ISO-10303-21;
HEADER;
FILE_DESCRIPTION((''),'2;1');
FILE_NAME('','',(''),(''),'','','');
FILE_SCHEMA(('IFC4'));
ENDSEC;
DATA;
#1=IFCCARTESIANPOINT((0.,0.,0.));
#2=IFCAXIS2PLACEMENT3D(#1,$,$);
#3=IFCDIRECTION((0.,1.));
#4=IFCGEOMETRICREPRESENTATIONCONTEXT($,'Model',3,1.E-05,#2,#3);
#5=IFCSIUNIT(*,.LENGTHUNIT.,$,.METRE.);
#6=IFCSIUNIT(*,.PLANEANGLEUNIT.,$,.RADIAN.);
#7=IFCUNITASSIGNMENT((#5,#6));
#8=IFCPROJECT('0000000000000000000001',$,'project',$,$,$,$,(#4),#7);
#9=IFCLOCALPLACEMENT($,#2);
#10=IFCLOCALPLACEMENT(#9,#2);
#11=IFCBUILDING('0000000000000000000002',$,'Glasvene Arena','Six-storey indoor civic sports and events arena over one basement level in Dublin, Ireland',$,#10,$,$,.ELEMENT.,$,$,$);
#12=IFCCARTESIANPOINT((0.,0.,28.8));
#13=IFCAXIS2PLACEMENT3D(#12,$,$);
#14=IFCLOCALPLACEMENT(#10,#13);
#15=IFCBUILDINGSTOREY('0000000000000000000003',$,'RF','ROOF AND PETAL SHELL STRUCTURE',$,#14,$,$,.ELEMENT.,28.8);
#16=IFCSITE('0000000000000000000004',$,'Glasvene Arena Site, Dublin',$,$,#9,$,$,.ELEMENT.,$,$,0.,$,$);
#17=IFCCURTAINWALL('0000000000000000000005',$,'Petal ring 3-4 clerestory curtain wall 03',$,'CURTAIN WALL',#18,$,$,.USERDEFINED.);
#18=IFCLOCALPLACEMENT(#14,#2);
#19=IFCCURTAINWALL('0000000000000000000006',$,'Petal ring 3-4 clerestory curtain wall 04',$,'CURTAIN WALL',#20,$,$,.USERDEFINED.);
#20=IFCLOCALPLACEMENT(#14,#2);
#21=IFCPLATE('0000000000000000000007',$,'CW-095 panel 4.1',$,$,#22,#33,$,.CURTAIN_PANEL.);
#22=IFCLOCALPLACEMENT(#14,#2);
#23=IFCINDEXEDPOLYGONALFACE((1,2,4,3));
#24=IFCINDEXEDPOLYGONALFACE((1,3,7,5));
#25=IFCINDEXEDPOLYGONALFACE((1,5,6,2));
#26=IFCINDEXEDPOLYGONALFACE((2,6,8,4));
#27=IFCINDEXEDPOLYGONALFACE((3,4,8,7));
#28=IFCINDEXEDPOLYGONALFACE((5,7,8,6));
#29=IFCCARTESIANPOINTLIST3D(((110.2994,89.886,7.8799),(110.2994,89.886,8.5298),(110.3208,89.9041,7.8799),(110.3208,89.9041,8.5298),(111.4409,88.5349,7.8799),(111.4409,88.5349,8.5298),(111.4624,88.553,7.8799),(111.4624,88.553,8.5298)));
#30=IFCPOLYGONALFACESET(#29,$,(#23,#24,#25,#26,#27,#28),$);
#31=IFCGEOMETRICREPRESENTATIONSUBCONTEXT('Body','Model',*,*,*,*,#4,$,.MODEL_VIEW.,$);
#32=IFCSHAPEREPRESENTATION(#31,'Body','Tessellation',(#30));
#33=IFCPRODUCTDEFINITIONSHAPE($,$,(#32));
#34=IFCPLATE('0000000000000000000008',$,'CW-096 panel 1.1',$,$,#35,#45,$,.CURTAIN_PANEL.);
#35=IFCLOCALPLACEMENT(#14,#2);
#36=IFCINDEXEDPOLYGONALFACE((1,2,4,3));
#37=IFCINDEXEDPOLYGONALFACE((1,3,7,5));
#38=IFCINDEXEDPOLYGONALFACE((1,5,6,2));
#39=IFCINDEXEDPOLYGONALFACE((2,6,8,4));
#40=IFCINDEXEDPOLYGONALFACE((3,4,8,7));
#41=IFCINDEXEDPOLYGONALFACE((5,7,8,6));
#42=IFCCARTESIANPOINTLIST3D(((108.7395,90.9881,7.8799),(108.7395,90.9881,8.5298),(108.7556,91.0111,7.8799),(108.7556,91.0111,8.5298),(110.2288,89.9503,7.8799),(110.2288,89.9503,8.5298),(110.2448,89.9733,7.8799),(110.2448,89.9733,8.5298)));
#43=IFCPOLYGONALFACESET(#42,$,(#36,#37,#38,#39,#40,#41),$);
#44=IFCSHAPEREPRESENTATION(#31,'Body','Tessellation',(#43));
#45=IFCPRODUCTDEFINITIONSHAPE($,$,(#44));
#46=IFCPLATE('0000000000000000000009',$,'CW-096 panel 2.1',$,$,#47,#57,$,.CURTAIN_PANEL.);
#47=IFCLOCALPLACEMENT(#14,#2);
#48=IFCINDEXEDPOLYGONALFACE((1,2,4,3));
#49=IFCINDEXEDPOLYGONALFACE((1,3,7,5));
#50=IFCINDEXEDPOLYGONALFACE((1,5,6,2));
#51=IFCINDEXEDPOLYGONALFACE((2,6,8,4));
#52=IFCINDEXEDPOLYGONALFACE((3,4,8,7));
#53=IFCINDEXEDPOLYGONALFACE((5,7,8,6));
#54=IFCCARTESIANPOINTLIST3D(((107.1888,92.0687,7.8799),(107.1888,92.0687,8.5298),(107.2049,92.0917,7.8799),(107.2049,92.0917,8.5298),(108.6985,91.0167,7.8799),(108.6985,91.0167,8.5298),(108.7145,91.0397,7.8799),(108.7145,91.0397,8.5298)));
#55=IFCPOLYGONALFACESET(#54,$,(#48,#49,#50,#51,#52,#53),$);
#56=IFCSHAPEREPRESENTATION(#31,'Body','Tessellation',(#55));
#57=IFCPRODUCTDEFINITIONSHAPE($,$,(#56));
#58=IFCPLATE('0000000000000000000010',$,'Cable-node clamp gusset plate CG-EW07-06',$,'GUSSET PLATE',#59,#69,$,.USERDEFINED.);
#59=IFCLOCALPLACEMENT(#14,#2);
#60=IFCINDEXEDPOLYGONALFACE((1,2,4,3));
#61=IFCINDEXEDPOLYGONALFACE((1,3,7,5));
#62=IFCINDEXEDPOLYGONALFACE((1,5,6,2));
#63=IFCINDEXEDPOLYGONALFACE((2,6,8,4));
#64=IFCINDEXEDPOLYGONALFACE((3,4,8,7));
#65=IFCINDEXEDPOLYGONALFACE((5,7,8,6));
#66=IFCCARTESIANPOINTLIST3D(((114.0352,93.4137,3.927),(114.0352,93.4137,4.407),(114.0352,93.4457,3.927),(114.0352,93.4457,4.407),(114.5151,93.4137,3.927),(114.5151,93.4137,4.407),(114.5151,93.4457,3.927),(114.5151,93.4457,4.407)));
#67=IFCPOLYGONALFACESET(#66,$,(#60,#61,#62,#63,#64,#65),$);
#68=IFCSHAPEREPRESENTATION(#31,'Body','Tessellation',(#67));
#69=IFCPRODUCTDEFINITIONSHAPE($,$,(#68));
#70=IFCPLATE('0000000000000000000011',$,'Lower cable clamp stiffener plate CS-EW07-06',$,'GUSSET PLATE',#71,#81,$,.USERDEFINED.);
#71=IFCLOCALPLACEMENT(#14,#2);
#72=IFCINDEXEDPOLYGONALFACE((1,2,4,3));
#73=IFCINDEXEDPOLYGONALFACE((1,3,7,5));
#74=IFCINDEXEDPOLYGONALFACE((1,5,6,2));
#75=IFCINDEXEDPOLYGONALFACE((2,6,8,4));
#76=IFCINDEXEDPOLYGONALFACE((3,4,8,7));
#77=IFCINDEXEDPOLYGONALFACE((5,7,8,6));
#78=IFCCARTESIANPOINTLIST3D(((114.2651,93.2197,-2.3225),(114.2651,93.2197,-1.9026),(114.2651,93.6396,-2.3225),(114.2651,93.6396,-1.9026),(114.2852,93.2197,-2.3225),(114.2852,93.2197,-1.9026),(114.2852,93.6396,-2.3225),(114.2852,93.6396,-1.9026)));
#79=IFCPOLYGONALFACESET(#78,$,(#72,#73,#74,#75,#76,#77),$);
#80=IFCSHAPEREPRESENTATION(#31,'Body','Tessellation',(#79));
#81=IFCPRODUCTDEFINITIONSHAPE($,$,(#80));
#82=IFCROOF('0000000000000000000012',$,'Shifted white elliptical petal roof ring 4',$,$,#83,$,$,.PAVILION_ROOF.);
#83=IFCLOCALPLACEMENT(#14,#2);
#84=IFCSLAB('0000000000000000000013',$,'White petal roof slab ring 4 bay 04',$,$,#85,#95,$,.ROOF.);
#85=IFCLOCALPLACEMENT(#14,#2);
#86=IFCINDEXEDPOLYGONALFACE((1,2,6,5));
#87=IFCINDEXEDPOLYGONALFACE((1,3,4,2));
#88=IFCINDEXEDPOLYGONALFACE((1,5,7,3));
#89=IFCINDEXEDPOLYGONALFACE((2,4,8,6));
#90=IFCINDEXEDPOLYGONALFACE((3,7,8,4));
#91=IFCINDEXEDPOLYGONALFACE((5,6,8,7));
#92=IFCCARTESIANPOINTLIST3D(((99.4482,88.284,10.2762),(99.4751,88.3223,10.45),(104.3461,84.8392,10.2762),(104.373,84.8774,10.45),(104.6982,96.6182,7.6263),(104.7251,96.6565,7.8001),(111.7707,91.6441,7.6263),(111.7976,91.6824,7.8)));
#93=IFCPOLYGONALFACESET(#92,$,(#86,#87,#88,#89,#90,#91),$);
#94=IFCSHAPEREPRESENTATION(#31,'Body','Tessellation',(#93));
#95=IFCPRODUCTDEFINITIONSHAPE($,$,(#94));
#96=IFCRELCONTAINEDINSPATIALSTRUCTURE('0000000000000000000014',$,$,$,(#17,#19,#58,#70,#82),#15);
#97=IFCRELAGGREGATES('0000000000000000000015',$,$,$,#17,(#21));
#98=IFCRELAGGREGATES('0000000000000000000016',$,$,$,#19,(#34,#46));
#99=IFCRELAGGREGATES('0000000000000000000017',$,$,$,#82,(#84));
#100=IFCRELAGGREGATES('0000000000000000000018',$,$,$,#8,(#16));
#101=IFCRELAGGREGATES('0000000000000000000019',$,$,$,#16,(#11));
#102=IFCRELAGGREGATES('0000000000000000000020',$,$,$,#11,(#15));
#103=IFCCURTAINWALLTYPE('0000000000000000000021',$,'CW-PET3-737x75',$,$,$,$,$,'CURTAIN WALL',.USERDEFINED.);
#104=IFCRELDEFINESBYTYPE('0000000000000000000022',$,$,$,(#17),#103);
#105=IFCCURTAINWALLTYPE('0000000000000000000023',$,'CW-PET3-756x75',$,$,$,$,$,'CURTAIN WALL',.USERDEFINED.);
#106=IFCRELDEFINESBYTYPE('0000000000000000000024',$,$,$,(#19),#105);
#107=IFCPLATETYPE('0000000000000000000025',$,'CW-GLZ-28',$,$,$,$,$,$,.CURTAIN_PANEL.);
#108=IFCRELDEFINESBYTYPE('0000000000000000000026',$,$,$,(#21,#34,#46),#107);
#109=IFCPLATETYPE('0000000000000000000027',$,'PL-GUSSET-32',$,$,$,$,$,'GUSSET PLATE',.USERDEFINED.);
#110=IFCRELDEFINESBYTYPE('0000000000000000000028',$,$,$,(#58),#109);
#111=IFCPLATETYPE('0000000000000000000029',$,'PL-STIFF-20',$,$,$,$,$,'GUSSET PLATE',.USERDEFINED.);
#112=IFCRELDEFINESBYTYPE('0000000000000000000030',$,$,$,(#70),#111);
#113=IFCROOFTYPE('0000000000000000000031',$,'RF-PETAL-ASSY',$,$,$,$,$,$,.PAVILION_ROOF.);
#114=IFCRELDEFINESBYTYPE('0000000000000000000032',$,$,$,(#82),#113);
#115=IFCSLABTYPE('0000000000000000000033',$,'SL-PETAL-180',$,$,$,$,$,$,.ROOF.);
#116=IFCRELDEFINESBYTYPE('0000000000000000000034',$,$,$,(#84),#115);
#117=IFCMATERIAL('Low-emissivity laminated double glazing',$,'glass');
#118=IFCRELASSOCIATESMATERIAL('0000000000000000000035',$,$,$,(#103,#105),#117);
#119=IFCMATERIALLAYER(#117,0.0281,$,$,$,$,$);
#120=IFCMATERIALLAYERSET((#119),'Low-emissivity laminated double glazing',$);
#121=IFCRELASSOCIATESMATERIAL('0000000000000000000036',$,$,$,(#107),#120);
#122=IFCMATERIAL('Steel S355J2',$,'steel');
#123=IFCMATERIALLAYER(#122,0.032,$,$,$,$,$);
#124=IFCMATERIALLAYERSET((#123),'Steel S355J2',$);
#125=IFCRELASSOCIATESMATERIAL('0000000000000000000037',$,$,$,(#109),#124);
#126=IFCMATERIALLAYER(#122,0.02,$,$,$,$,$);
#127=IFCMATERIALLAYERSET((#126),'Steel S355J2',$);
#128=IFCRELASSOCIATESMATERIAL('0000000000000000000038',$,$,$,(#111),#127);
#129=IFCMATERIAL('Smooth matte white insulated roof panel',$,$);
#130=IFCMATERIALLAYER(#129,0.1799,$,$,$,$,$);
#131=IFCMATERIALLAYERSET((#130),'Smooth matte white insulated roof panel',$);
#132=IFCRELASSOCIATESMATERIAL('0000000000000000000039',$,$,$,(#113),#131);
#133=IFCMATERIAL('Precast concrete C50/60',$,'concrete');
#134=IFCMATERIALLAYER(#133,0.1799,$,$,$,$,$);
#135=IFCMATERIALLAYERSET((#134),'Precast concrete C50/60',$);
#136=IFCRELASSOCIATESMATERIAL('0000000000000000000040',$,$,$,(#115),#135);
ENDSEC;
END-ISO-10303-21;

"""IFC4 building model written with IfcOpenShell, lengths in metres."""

from ifc_helpers import new_model, si_unit, direction, frame, origin, origin_2d, place, context, subcontext, project, spatial, polyline, rectangle, outline, extrude, material, layer, layer_set, type_object, element, aggregate, save


model = new_model("IFC4")

# Units and contexts
model_context = context("Model", 3, precision=1e-05, world=origin(), true_north=direction((0.0, 1.0)))
body_context = subcontext(model_context, "Body", "Model", "MODEL_VIEW")
ifc_project = project(units=[si_unit("LENGTHUNIT", "METRE"), si_unit("PLANEANGLEUNIT", "RADIAN")], contexts=[model_context])

# Site, building, storey
site_placement = place(None, origin())
site = spatial("IfcSite", under=ifc_project, at=site_placement, Name="Glasvene Arena Site, Dublin", CompositionType="ELEMENT", RefElevation=0.0)
building_placement = place(site_placement, origin())
building = spatial("IfcBuilding", under=site, at=building_placement, Name="Glasvene Arena", Description="Six-storey indoor civic sports and events arena over one basement level in Dublin, Ireland", CompositionType="ELEMENT")
storey_placement = place(building_placement, frame((0.0, 0.0, 28.8)))
storey = spatial("IfcBuildingStorey", under=building, at=storey_placement, Name="RF", Description="ROOF AND PETAL SHELL STRUCTURE", CompositionType="ELEMENT", Elevation=28.8)

# Shared definitions
ifc_material_1 = material(Name="Low-emissivity laminated double glazing", Category="glass")

# Curtain walls
curtain_wall_type_1 = type_object("IfcCurtainWallType", Name="CW-PET3-737x75", ElementType="CURTAIN WALL", PredefinedType="USERDEFINED", material=ifc_material_1)
curtain_wall_1_placement = place(storey_placement, frame((115.0376, 84.3, 0.0)))
curtain_wall_1 = element("IfcCurtainWall", 1, at=curtain_wall_1_placement, inside=storey, type_object=curtain_wall_type_1, Name="Petal ring 3-4 clerestory curtain wall 03", ObjectType="CURTAIN WALL", PredefinedType="USERDEFINED")
curtain_wall_type_2 = type_object("IfcCurtainWallType", Name="CW-PET3-756x75", ElementType="CURTAIN WALL", PredefinedType="USERDEFINED", material=ifc_material_1)
curtain_wall_2_placement = place(storey_placement, frame((110.2778, 89.9333, 0.0)))
curtain_wall_2 = element("IfcCurtainWall", 2, at=curtain_wall_2_placement, inside=storey, type_object=curtain_wall_type_2, Name="Petal ring 3-4 clerestory curtain wall 04", ObjectType="CURTAIN WALL", PredefinedType="USERDEFINED")

# Shared definitions
ifc_material_2 = material(Name="Steel S355J2", Category="steel")

# Plates
ifc_layer_1 = layer(ifc_material_1, 0.0281)
ifc_layer_set_1 = layer_set([ifc_layer_1], Name="Low-emissivity laminated double glazing")
plate_type_1 = type_object("IfcPlateType", Name="CW-GLZ-28", PredefinedType="CURTAIN_PANEL", material=ifc_layer_set_1)
plate_1_placement = place(storey_placement, frame((110.8809, 89.2195, 7.8799), z_axis=(0.0, 0.0, 1.0), x_axis=(-0.645394, 0.76385, 0.0)))
plate_1 = element("IfcPlate", 3, at=plate_1_placement, type_object=plate_type_1, Name="CW-095 panel 4.1", PredefinedType="CURTAIN_PANEL", context=body_context, shape_type="SweptSolid", body=[
    extrude(rectangle(XDim=1.7688, YDim=0.0281, at=origin_2d()), origin(), (0.0, 0.0, 1.0), 0.6499),
])
aggregate(curtain_wall_1, [plate_1])
plate_2_placement = place(storey_placement, frame((109.4922, 90.4807, 7.8799), z_axis=(0.0, 0.0, 1.0), x_axis=(-0.820433, 0.571742, 0.0)))
plate_2 = element("IfcPlate", 4, at=plate_2_placement, type_object=plate_type_1, Name="CW-096 panel 1.1", PredefinedType="CURTAIN_PANEL", context=body_context, shape_type="SweptSolid", body=[
    extrude(rectangle(XDim=1.8152, YDim=0.0281, at=origin_2d()), origin(), (0.0, 0.0, 1.0), 0.6499),
])
plate_3_placement = place(storey_placement, frame((107.9517, 91.5542, 7.8799), z_axis=(0.0, 0.0, 1.0), x_axis=(-0.820433, 0.571742, 0.0)))
plate_3 = element("IfcPlate", 5, at=plate_3_placement, type_object=plate_type_1, Name="CW-096 panel 2.1", PredefinedType="CURTAIN_PANEL", context=body_context, shape_type="SweptSolid", body=[
    extrude(rectangle(XDim=1.8401, YDim=0.0281, at=origin_2d()), origin(), (0.0, 0.0, 1.0), 0.6499),
])
aggregate(curtain_wall_2, [plate_2, plate_3])

# Plates
ifc_layer_2 = layer(ifc_material_2, 0.032)
ifc_layer_set_2 = layer_set([ifc_layer_2], Name="Steel S355J2")
plate_type_2 = type_object("IfcPlateType", Name="PL-GUSSET-32", ElementType="GUSSET PLATE", PredefinedType="USERDEFINED", material=ifc_layer_set_2)
plate_4_placement = place(storey_placement, frame((114.2751, 93.4297, 3.927), z_axis=(0.0, 0.0, 1.0), x_axis=(1.0, 0.0, 0.0)))
element("IfcPlate", 6, at=plate_4_placement, inside=storey, type_object=plate_type_2, Name="Cable-node clamp gusset plate CG-EW07-06", ObjectType="GUSSET PLATE", PredefinedType="USERDEFINED", context=body_context, shape_type="SweptSolid", body=[
    extrude(rectangle(XDim=0.48, YDim=0.032, at=origin_2d()), origin(), (0.0, 0.0, 1.0), 0.48),
])
ifc_layer_3 = layer(ifc_material_2, 0.02)
ifc_layer_set_3 = layer_set([ifc_layer_3], Name="Steel S355J2")
plate_type_3 = type_object("IfcPlateType", Name="PL-STIFF-20", ElementType="GUSSET PLATE", PredefinedType="USERDEFINED", material=ifc_layer_set_3)
plate_5_placement = place(storey_placement, frame((114.2751, 93.4297, -2.3225), z_axis=(0.0, 0.0, 1.0), x_axis=(1.0, 0.0, 0.0)))
element("IfcPlate", 7, at=plate_5_placement, inside=storey, type_object=plate_type_3, Name="Lower cable clamp stiffener plate CS-EW07-06", ObjectType="GUSSET PLATE", PredefinedType="USERDEFINED", context=body_context, shape_type="SweptSolid", body=[
    extrude(rectangle(XDim=0.02, YDim=0.4199, at=origin_2d()), origin(), (0.0, 0.0, 1.0), 0.4199),
])

# Roof, slab
ifc_material_3 = material(Name="Smooth matte white insulated roof panel")
ifc_layer_4 = layer(ifc_material_3, 0.1799)
ifc_layer_set_4 = layer_set([ifc_layer_4], Name="Smooth matte white insulated roof panel")
roof_type = type_object("IfcRoofType", Name="RF-PETAL-ASSY", PredefinedType="PAVILION_ROOF", material=ifc_layer_set_4)
roof_placement = place(storey_placement, frame((87.6499, 69.55, 7.8)))
roof = element("IfcRoof", 8, at=roof_placement, inside=storey, type_object=roof_type, Name="Shifted white elliptical petal roof ring 4", PredefinedType="PAVILION_ROOF")
ifc_material_4 = material(Name="Precast concrete C50/60", Category="concrete")
ifc_layer_5 = layer(ifc_material_4, 0.1799)
ifc_layer_set_5 = layer_set([ifc_layer_5], Name="Precast concrete C50/60")
slab_type = type_object("IfcSlabType", Name="SL-PETAL-180", PredefinedType="ROOF", material=ifc_layer_set_5)
slab_placement = place(storey_placement, frame((111.7976, 91.6824, 7.8), z_axis=(0.149631, 0.212752, 0.965581), x_axis=(-0.81796, 0.575275, 0.000001)))
slab = element("IfcSlab", 9, at=slab_placement, type_object=slab_type, Name="White petal roof slab ring 4 bay 04", PredefinedType="ROOF", context=body_context, shape_type="SweptSolid", body=[
    extrude(outline(polyline([(0.0, 0.0), (8.6465, 0.0), (8.1463, 10.1879), (2.1583, 10.188), (0.0, 0.0)])), origin(), (0.0, 0.0, -1.0), 0.1799),
])
aggregate(roof, [slab])

save(model, "model.ifc")
